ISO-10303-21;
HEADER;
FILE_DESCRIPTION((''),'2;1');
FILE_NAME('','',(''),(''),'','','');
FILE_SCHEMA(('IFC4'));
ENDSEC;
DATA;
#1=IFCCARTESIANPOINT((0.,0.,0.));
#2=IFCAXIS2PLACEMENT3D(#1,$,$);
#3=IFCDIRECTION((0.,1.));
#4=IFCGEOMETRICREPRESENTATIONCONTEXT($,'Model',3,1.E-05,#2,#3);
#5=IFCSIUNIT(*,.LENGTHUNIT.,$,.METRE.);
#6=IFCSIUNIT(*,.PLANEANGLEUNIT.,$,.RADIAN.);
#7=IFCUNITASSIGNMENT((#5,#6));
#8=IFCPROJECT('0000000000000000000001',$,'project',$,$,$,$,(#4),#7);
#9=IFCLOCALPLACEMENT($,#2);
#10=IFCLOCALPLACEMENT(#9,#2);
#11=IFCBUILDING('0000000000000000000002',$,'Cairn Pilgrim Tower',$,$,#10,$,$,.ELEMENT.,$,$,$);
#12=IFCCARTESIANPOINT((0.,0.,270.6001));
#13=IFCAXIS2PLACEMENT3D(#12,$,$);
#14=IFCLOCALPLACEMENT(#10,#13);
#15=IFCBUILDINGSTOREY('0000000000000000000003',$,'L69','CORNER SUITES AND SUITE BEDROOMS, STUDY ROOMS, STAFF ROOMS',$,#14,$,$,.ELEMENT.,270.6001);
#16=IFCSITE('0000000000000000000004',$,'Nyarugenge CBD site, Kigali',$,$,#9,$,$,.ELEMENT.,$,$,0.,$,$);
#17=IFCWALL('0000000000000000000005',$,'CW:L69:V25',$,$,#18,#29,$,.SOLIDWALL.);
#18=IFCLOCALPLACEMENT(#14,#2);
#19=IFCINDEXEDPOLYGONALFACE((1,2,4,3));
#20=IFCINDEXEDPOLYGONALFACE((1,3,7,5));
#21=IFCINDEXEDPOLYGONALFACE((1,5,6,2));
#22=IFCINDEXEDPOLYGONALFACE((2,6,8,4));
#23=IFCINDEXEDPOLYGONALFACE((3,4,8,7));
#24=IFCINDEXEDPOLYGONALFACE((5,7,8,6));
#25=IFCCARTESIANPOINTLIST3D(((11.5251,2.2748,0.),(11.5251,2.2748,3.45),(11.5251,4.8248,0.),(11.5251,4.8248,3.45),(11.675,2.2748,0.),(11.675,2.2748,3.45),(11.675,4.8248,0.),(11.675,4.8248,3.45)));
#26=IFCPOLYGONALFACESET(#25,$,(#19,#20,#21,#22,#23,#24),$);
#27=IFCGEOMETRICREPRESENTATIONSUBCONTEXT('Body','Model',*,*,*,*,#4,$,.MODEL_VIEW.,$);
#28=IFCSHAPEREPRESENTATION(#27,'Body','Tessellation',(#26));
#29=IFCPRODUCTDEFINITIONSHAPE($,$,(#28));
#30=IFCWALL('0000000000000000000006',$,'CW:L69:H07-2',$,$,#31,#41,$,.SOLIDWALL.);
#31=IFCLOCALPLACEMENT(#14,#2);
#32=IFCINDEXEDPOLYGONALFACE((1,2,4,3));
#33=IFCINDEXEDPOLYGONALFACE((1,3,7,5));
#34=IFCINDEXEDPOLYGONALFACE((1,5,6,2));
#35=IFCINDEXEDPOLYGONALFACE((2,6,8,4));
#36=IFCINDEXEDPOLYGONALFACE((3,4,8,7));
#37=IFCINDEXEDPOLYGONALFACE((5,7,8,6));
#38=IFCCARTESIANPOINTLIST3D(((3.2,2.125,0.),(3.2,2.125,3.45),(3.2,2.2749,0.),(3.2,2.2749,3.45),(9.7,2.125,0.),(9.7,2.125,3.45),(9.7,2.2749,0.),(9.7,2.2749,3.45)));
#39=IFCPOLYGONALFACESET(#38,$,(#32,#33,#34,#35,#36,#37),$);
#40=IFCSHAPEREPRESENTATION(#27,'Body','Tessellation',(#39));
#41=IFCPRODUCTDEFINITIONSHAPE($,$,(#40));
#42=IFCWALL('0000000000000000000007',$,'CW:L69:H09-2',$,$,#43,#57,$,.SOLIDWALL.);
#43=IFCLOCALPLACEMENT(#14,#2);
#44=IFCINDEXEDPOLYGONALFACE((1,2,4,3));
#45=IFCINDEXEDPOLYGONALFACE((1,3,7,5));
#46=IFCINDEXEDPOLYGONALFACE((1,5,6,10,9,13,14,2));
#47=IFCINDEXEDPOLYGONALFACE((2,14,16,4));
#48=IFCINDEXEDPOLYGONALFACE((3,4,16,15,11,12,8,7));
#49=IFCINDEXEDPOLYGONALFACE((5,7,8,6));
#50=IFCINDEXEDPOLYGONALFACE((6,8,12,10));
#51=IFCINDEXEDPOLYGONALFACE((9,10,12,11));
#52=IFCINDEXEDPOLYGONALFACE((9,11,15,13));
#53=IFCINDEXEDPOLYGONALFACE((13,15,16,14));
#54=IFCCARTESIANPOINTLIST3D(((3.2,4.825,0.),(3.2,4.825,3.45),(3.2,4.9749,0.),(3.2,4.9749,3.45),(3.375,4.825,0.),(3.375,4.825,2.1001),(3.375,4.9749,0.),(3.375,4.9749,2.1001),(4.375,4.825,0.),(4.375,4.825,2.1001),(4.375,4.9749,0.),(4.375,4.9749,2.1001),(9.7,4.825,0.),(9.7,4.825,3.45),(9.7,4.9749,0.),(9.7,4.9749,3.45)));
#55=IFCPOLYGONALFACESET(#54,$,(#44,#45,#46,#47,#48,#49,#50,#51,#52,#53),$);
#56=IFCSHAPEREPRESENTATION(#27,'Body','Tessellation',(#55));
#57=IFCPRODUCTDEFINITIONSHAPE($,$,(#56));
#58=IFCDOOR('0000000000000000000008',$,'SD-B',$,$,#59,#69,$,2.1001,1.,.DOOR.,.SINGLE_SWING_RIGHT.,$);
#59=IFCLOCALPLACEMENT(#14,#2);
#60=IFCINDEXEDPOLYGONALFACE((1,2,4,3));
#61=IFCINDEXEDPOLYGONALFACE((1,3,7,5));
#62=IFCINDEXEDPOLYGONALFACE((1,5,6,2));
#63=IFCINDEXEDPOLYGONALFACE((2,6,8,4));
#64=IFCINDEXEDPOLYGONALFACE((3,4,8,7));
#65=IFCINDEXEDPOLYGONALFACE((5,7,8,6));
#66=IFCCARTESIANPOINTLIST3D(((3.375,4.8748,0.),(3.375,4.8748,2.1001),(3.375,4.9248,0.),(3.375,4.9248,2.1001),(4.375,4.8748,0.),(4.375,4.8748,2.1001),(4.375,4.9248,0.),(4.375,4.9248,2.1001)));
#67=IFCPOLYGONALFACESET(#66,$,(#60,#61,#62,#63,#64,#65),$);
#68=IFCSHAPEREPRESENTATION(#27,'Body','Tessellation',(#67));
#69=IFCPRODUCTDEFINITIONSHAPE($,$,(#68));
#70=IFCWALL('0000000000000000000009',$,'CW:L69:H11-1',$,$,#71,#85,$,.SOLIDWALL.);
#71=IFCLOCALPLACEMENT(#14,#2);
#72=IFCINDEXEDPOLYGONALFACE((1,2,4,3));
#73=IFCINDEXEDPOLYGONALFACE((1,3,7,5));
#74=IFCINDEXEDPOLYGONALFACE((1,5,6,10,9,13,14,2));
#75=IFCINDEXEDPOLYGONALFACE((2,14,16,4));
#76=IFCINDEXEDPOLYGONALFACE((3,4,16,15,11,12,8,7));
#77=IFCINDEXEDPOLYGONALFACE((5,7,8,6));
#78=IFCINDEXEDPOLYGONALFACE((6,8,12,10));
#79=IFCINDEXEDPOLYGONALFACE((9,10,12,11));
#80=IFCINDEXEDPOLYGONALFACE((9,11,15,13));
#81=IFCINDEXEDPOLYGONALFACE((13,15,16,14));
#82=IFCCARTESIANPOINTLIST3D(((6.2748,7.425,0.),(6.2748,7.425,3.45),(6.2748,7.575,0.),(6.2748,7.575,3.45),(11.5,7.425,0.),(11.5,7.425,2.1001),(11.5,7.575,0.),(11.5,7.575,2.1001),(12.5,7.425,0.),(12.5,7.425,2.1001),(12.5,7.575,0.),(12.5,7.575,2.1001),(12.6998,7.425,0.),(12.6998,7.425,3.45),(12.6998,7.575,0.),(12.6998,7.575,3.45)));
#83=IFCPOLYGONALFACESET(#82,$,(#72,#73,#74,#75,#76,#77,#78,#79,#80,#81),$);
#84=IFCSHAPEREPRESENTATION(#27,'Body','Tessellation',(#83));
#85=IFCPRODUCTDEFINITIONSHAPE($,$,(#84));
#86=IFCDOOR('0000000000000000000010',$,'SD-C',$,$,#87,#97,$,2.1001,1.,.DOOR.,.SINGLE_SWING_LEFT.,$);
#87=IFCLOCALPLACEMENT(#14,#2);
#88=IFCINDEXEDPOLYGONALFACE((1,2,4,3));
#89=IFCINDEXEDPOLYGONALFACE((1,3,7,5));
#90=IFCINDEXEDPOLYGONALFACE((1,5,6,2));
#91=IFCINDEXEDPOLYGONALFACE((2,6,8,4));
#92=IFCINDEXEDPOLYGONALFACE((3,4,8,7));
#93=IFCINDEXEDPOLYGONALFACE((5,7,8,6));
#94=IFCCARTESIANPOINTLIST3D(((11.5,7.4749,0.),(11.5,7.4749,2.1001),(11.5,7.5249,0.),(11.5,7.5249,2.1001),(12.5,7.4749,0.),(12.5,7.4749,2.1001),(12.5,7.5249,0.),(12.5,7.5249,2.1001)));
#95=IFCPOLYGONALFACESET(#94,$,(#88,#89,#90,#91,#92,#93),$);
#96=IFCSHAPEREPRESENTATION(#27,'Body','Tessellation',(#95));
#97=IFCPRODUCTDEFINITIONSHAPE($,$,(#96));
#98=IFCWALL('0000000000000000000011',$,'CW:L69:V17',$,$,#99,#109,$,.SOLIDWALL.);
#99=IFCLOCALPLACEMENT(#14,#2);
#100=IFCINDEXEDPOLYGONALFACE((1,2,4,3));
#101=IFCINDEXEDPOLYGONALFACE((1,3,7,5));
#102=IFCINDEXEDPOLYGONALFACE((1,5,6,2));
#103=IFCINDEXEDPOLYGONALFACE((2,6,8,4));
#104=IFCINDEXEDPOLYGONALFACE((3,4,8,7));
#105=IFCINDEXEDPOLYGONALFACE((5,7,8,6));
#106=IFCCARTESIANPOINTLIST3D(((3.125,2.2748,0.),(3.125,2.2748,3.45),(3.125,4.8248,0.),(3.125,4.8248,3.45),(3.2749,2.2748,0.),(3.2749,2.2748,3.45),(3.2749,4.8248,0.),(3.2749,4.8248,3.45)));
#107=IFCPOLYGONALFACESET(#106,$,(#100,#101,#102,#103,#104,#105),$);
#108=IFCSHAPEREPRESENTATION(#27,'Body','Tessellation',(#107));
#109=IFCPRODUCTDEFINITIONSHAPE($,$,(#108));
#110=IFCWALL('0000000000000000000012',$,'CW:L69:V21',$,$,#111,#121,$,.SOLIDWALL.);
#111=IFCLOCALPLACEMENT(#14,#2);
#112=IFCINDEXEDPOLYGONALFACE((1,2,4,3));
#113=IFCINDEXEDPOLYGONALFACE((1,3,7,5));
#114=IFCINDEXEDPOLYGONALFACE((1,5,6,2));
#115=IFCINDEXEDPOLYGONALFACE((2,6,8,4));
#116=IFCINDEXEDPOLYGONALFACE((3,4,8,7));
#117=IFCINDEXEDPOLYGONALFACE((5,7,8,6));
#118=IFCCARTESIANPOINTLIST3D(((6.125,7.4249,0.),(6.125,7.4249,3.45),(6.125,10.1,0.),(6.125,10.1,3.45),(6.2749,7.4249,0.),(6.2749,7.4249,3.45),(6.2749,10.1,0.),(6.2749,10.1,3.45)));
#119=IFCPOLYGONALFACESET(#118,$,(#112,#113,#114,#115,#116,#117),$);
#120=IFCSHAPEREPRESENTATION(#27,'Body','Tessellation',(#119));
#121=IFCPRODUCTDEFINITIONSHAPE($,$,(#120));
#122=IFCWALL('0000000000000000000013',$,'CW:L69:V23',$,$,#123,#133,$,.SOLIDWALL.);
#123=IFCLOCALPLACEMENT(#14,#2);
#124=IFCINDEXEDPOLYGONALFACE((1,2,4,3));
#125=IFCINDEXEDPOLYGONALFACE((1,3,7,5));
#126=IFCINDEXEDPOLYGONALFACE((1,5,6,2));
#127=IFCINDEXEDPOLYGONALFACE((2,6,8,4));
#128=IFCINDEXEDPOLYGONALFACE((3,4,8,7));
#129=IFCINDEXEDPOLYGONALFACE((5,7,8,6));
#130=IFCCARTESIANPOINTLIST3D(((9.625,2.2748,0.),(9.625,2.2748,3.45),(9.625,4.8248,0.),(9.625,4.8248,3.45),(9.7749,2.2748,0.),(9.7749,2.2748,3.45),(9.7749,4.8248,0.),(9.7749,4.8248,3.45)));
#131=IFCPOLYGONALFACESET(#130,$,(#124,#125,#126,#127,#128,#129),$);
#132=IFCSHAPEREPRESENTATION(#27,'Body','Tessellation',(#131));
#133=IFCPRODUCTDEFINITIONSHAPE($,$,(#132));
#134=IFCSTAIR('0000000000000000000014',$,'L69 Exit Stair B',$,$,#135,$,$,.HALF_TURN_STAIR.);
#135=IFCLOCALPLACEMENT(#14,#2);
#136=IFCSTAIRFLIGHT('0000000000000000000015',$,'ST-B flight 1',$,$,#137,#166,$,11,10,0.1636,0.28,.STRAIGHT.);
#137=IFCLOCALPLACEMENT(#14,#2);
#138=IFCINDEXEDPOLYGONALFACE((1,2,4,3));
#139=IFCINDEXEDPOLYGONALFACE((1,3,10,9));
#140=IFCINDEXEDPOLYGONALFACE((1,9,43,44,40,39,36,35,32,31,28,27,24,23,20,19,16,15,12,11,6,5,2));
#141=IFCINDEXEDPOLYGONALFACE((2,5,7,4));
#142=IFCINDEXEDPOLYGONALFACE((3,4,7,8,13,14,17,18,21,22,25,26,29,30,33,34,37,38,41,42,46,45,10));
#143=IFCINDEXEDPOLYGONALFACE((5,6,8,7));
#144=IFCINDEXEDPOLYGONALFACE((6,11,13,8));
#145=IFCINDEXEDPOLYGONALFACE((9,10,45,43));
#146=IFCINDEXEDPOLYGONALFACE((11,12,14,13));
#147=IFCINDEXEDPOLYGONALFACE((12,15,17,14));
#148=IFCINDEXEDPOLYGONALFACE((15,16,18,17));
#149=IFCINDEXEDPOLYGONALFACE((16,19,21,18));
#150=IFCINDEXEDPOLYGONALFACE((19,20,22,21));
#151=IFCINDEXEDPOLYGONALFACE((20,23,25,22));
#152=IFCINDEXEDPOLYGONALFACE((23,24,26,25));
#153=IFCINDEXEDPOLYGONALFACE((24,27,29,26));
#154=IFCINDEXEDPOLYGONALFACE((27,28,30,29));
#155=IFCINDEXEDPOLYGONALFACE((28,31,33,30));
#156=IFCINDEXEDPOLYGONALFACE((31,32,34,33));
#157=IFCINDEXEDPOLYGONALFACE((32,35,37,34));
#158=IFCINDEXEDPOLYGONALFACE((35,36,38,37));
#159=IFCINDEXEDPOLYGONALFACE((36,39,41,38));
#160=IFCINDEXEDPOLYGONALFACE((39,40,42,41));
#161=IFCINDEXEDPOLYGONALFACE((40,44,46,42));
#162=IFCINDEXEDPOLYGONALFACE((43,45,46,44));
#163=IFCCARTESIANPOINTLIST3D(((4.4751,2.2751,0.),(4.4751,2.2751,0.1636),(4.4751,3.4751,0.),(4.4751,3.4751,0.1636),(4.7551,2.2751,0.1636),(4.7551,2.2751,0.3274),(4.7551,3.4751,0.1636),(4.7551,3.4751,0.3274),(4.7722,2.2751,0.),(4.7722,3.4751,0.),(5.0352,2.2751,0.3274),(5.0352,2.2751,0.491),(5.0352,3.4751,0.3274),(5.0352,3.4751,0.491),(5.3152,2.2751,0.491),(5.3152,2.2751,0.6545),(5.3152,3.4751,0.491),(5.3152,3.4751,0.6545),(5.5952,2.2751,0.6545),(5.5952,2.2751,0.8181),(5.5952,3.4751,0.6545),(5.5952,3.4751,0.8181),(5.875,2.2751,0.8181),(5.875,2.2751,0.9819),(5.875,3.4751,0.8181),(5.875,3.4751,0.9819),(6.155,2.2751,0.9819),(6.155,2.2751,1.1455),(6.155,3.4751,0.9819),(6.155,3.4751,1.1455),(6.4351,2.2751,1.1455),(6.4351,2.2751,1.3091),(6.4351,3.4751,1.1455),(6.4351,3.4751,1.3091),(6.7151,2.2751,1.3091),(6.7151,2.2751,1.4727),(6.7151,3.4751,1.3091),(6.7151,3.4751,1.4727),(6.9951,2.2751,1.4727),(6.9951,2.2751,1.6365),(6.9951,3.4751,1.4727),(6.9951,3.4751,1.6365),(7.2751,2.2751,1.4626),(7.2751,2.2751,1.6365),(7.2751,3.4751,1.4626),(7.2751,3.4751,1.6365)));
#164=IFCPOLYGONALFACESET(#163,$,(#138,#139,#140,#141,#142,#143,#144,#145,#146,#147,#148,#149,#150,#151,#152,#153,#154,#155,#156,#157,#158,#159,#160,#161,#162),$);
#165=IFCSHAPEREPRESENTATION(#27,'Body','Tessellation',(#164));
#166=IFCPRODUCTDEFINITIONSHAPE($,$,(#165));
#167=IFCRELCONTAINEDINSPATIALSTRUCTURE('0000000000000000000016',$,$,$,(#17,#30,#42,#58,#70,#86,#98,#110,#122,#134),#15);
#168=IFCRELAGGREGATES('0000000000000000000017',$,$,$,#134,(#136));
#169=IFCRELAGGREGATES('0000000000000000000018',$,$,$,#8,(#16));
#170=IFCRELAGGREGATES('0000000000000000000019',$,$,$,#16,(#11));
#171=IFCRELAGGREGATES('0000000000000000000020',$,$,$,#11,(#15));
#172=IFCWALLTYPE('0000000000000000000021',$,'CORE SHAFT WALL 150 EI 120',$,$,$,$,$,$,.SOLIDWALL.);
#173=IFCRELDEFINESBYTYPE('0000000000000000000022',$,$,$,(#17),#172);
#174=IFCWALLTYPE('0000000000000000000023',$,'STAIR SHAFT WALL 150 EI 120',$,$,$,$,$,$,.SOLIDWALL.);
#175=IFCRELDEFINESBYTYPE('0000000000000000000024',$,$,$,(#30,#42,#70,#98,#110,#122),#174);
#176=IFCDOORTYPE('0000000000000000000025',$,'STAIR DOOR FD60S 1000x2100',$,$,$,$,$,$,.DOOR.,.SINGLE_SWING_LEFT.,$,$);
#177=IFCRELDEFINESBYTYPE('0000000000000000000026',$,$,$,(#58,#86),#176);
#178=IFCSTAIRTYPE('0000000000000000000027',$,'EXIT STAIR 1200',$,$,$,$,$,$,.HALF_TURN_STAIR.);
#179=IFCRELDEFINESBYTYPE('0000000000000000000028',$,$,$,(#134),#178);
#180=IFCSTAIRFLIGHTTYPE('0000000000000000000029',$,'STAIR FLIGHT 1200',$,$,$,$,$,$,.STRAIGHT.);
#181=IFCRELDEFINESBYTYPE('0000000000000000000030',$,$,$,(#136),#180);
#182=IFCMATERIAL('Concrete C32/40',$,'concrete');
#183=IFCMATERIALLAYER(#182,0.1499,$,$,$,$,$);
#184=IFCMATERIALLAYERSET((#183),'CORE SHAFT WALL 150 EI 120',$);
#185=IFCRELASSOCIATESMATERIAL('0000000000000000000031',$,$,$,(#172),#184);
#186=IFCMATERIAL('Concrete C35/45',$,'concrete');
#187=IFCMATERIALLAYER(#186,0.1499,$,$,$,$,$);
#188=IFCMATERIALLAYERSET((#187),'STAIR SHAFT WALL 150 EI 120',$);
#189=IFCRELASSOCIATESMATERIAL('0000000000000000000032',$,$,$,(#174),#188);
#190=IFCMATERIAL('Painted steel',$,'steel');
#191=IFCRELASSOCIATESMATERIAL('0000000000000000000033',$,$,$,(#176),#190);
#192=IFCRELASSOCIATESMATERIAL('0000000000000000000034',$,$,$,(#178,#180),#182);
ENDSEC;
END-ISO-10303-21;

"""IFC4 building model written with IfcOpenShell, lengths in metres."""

from ifc_helpers import new_model, si_unit, direction, frame, frame_2d, origin, place, context, subcontext, project, spatial, polyline, rectangle, outline, extrude, material, layer, layer_set, type_object, element, fill, aggregate, save


model = new_model("IFC4")

# Units and contexts
model_context = context("Model", 3, precision=1e-05, world=origin(), true_north=direction((0.0, 1.0)))
body_context = subcontext(model_context, "Body", "Model", "MODEL_VIEW")
ifc_project = project(units=[si_unit("LENGTHUNIT", "METRE"), si_unit("PLANEANGLEUNIT", "RADIAN")], contexts=[model_context])

# Site, building, storey
site_placement = place(None, origin())
site = spatial("IfcSite", under=ifc_project, at=site_placement, Name="Nyarugenge CBD site, Kigali", CompositionType="ELEMENT", RefElevation=0.0)
building_placement = place(site_placement, origin())
building = spatial("IfcBuilding", under=site, at=building_placement, Name="Cairn Pilgrim Tower", CompositionType="ELEMENT")
storey_placement = place(building_placement, frame((0.0, 0.0, 270.6001)))
storey = spatial("IfcBuildingStorey", under=building, at=storey_placement, Name="L69", Description="CORNER SUITES AND SUITE BEDROOMS, STUDY ROOMS, STAFF ROOMS", CompositionType="ELEMENT", Elevation=270.6001)

# Shared definitions
ifc_material_1 = material(Name="Concrete C32/40", Category="concrete")
ifc_layer_1 = layer(ifc_material_1, 0.1499)
ifc_layer_set_1 = layer_set([ifc_layer_1], Name="CORE SHAFT WALL 150 EI 120")
wall_type_1 = type_object("IfcWallType", Name="CORE SHAFT WALL 150 EI 120", PredefinedType="SOLIDWALL", material=ifc_layer_set_1)

# Shared definitions
ifc_material_2 = material(Name="Painted steel", Category="steel")

# Walls
wall_1_placement = place(storey_placement, frame((11.6001, 2.2749, 0.0), z_axis=(0.0, 0.0, 1.0), x_axis=(0.0, 1.0, 0.0)))
element("IfcWall", 1, at=wall_1_placement, inside=storey, type_object=wall_type_1, Name="CW:L69:V25", PredefinedType="SOLIDWALL", context=body_context, shape_type="SweptSolid", body=[
    extrude(rectangle(XDim=2.55, YDim=0.1499, at=frame_2d((1.2749, 0.0))), origin(), (0.0, 0.0, 1.0), 3.45),
])
ifc_material_3 = material(Name="Concrete C35/45", Category="concrete")
ifc_layer_2 = layer(ifc_material_3, 0.1499)
ifc_layer_set_2 = layer_set([ifc_layer_2], Name="STAIR SHAFT WALL 150 EI 120")
wall_type_2 = type_object("IfcWallType", Name="STAIR SHAFT WALL 150 EI 120", PredefinedType="SOLIDWALL", material=ifc_layer_set_2)
wall_2_placement = place(storey_placement, frame((3.2, 2.2, 0.0), z_axis=(0.0, 0.0, 1.0), x_axis=(1.0, 0.0, 0.0)))
element("IfcWall", 2, at=wall_2_placement, inside=storey, type_object=wall_type_2, Name="CW:L69:H07-2", PredefinedType="SOLIDWALL", context=body_context, shape_type="SweptSolid", body=[
    extrude(rectangle(XDim=6.5, YDim=0.1499, at=frame_2d((3.25, 0.0))), origin(), (0.0, 0.0, 1.0), 3.45),
])

# Walls, openings, doors
wall_3_placement = place(storey_placement, frame((3.2, 4.8999, 0.0), z_axis=(0.0, 0.0, 1.0), x_axis=(1.0, 0.0, 0.0)))
wall_3 = element("IfcWall", 3, at=wall_3_placement, inside=storey, type_object=wall_type_2, Name="CW:L69:H09-2", PredefinedType="SOLIDWALL", context=body_context, shape_type="SweptSolid", body=[
    extrude(rectangle(XDim=6.5, YDim=0.1499, at=frame_2d((3.25, 0.0))), origin(), (0.0, 0.0, 1.0), 3.45),
])
opening_1_placement = place(wall_3_placement, frame((0.175, 0.0, 0.0)))
opening_1 = element("IfcOpeningElement", 4, at=opening_1_placement, cuts=wall_3, PredefinedType="OPENING", context=body_context, shape_type="SweptSolid", body=[
    extrude(rectangle(XDim=1.0, YDim=2.1001, at=frame_2d((0.5, 1.05))), frame((0.0, 0.085, 0.0), z_axis=(0.0, -1.0, 0.0), x_axis=(1.0, 0.0, 0.0)), (0.0, 0.0, 1.0), 0.1699),
])
door_type_1 = type_object("IfcDoorType", Name="STAIR DOOR FD60S 1000x2100", OperationType="SINGLE_SWING_LEFT", PredefinedType="DOOR", material=ifc_material_2)
door_1_placement = place(opening_1_placement, origin())
door_1 = element("IfcDoor", 5, at=door_1_placement, inside=storey, type_object=door_type_1, Name="SD-B", OperationType="SINGLE_SWING_RIGHT", OverallHeight=2.1001, OverallWidth=1.0, PredefinedType="DOOR", context=body_context, shape_type="SweptSolid", body=[
    extrude(rectangle(XDim=1.0, YDim=2.1001, at=frame_2d((0.5, 1.05))), frame((0.0, 0.0249, 0.0), z_axis=(0.0, -1.0, 0.0), x_axis=(1.0, 0.0, 0.0)), (0.0, 0.0, 1.0), 0.05),
])
fill(opening_1, door_1)
wall_4_placement = place(storey_placement, frame((6.2749, 7.5, 0.0), z_axis=(0.0, 0.0, 1.0), x_axis=(1.0, 0.0, 0.0)))
wall_4 = element("IfcWall", 6, at=wall_4_placement, inside=storey, type_object=wall_type_2, Name="CW:L69:H11-1", PredefinedType="SOLIDWALL", context=body_context, shape_type="SweptSolid", body=[
    extrude(rectangle(XDim=6.425, YDim=0.1499, at=frame_2d((3.2124, 0.0))), origin(), (0.0, 0.0, 1.0), 3.45),
])
opening_2_placement = place(wall_4_placement, frame((5.2251, 0.0, 0.0)))
opening_2 = element("IfcOpeningElement", 7, at=opening_2_placement, cuts=wall_4, PredefinedType="OPENING", context=body_context, shape_type="SweptSolid", body=[
    extrude(rectangle(XDim=1.0, YDim=2.1001, at=frame_2d((0.5, 1.05))), frame((0.0, 0.085, 0.0), z_axis=(0.0, -1.0, 0.0), x_axis=(1.0, 0.0, 0.0)), (0.0, 0.0, 1.0), 0.1699),
])
door_2_placement = place(opening_2_placement, origin())
door_2 = element("IfcDoor", 8, at=door_2_placement, inside=storey, type_object=door_type_1, Name="SD-C", OperationType="SINGLE_SWING_LEFT", OverallHeight=2.1001, OverallWidth=1.0, PredefinedType="DOOR", context=body_context, shape_type="SweptSolid", body=[
    extrude(rectangle(XDim=1.0, YDim=2.1001, at=frame_2d((0.5, 1.05))), frame((0.0, 0.0249, 0.0), z_axis=(0.0, -1.0, 0.0), x_axis=(1.0, 0.0, 0.0)), (0.0, 0.0, 1.0), 0.05),
])
fill(opening_2, door_2)

# Walls
wall_5_placement = place(storey_placement, frame((3.2, 2.2749, 0.0), z_axis=(0.0, 0.0, 1.0), x_axis=(0.0, 1.0, 0.0)))
element("IfcWall", 9, at=wall_5_placement, inside=storey, type_object=wall_type_2, Name="CW:L69:V17", PredefinedType="SOLIDWALL", context=body_context, shape_type="SweptSolid", body=[
    extrude(rectangle(XDim=2.55, YDim=0.1499, at=frame_2d((1.2749, 0.0))), origin(), (0.0, 0.0, 1.0), 3.45),
])
wall_6_placement = place(storey_placement, frame((6.2, 7.425, 0.0), z_axis=(0.0, 0.0, 1.0), x_axis=(0.0, 1.0, 0.0)))
element("IfcWall", 10, at=wall_6_placement, inside=storey, type_object=wall_type_2, Name="CW:L69:V21", PredefinedType="SOLIDWALL", context=body_context, shape_type="SweptSolid", body=[
    extrude(rectangle(XDim=2.675, YDim=0.1499, at=frame_2d((1.3374, 0.0))), origin(), (0.0, 0.0, 1.0), 3.45),
])
wall_7_placement = place(storey_placement, frame((9.7, 2.2749, 0.0), z_axis=(0.0, 0.0, 1.0), x_axis=(0.0, 1.0, 0.0)))
element("IfcWall", 11, at=wall_7_placement, inside=storey, type_object=wall_type_2, Name="CW:L69:V23", PredefinedType="SOLIDWALL", context=body_context, shape_type="SweptSolid", body=[
    extrude(rectangle(XDim=2.55, YDim=0.1499, at=frame_2d((1.2749, 0.0))), origin(), (0.0, 0.0, 1.0), 3.45),
])

# Stair, stair flight
stair_type = type_object("IfcStairType", Name="EXIT STAIR 1200", PredefinedType="HALF_TURN_STAIR", material=ifc_material_1)
stair_1_placement = place(storey_placement, origin())
stair_1 = element("IfcStair", 12, at=stair_1_placement, inside=storey, type_object=stair_type, Name="L69 Exit Stair B", PredefinedType="HALF_TURN_STAIR")
stair_flight_type = type_object("IfcStairFlightType", Name="STAIR FLIGHT 1200", PredefinedType="STRAIGHT", material=ifc_material_1)
stair_flight_1_placement = place(storey_placement, frame((4.4751, 2.875, 0.0), z_axis=(0.0, 0.0, 1.0), x_axis=(1.0, 0.0, 0.0)))
stair_flight_1 = element("IfcStairFlight", 13, at=stair_flight_1_placement, type_object=stair_flight_type, Name="ST-B flight 1", NumberOfRisers=11, NumberOfTreads=10, PredefinedType="STRAIGHT", RiserHeight=0.1636, TreadLength=0.28, context=body_context, shape_type="SweptSolid", body=[
    extrude(outline(polyline([(0.0, 0.0), (0.0, 0.1636), (0.28, 0.1636), (0.28, 0.3274), (0.5601, 0.3274), (0.5601, 0.491), (0.8401, 0.491), (0.8401, 0.6545), (1.1201, 0.6545), (1.1201, 0.8181), (1.3999, 0.8181), (1.3999, 0.9819), (1.6799, 0.9819), (1.6799, 1.1455), (1.96, 1.1455), (1.96, 1.3091), (2.24, 1.3091), (2.24, 1.4727), (2.52, 1.4727), (2.52, 1.6365), (2.8, 1.6365), (2.8, 1.8), (2.8, 1.4626), (0.2971, 0.0), (0.0, 0.0)])), frame((0.0, 0.6001, 0.0), z_axis=(0.0, -1.0, 0.0), x_axis=(1.0, 0.0, 0.0)), (0.0, 0.0, 1.0), 1.2),
])
aggregate(stair_1, [stair_flight_1])

save(model, "model.ifc")
